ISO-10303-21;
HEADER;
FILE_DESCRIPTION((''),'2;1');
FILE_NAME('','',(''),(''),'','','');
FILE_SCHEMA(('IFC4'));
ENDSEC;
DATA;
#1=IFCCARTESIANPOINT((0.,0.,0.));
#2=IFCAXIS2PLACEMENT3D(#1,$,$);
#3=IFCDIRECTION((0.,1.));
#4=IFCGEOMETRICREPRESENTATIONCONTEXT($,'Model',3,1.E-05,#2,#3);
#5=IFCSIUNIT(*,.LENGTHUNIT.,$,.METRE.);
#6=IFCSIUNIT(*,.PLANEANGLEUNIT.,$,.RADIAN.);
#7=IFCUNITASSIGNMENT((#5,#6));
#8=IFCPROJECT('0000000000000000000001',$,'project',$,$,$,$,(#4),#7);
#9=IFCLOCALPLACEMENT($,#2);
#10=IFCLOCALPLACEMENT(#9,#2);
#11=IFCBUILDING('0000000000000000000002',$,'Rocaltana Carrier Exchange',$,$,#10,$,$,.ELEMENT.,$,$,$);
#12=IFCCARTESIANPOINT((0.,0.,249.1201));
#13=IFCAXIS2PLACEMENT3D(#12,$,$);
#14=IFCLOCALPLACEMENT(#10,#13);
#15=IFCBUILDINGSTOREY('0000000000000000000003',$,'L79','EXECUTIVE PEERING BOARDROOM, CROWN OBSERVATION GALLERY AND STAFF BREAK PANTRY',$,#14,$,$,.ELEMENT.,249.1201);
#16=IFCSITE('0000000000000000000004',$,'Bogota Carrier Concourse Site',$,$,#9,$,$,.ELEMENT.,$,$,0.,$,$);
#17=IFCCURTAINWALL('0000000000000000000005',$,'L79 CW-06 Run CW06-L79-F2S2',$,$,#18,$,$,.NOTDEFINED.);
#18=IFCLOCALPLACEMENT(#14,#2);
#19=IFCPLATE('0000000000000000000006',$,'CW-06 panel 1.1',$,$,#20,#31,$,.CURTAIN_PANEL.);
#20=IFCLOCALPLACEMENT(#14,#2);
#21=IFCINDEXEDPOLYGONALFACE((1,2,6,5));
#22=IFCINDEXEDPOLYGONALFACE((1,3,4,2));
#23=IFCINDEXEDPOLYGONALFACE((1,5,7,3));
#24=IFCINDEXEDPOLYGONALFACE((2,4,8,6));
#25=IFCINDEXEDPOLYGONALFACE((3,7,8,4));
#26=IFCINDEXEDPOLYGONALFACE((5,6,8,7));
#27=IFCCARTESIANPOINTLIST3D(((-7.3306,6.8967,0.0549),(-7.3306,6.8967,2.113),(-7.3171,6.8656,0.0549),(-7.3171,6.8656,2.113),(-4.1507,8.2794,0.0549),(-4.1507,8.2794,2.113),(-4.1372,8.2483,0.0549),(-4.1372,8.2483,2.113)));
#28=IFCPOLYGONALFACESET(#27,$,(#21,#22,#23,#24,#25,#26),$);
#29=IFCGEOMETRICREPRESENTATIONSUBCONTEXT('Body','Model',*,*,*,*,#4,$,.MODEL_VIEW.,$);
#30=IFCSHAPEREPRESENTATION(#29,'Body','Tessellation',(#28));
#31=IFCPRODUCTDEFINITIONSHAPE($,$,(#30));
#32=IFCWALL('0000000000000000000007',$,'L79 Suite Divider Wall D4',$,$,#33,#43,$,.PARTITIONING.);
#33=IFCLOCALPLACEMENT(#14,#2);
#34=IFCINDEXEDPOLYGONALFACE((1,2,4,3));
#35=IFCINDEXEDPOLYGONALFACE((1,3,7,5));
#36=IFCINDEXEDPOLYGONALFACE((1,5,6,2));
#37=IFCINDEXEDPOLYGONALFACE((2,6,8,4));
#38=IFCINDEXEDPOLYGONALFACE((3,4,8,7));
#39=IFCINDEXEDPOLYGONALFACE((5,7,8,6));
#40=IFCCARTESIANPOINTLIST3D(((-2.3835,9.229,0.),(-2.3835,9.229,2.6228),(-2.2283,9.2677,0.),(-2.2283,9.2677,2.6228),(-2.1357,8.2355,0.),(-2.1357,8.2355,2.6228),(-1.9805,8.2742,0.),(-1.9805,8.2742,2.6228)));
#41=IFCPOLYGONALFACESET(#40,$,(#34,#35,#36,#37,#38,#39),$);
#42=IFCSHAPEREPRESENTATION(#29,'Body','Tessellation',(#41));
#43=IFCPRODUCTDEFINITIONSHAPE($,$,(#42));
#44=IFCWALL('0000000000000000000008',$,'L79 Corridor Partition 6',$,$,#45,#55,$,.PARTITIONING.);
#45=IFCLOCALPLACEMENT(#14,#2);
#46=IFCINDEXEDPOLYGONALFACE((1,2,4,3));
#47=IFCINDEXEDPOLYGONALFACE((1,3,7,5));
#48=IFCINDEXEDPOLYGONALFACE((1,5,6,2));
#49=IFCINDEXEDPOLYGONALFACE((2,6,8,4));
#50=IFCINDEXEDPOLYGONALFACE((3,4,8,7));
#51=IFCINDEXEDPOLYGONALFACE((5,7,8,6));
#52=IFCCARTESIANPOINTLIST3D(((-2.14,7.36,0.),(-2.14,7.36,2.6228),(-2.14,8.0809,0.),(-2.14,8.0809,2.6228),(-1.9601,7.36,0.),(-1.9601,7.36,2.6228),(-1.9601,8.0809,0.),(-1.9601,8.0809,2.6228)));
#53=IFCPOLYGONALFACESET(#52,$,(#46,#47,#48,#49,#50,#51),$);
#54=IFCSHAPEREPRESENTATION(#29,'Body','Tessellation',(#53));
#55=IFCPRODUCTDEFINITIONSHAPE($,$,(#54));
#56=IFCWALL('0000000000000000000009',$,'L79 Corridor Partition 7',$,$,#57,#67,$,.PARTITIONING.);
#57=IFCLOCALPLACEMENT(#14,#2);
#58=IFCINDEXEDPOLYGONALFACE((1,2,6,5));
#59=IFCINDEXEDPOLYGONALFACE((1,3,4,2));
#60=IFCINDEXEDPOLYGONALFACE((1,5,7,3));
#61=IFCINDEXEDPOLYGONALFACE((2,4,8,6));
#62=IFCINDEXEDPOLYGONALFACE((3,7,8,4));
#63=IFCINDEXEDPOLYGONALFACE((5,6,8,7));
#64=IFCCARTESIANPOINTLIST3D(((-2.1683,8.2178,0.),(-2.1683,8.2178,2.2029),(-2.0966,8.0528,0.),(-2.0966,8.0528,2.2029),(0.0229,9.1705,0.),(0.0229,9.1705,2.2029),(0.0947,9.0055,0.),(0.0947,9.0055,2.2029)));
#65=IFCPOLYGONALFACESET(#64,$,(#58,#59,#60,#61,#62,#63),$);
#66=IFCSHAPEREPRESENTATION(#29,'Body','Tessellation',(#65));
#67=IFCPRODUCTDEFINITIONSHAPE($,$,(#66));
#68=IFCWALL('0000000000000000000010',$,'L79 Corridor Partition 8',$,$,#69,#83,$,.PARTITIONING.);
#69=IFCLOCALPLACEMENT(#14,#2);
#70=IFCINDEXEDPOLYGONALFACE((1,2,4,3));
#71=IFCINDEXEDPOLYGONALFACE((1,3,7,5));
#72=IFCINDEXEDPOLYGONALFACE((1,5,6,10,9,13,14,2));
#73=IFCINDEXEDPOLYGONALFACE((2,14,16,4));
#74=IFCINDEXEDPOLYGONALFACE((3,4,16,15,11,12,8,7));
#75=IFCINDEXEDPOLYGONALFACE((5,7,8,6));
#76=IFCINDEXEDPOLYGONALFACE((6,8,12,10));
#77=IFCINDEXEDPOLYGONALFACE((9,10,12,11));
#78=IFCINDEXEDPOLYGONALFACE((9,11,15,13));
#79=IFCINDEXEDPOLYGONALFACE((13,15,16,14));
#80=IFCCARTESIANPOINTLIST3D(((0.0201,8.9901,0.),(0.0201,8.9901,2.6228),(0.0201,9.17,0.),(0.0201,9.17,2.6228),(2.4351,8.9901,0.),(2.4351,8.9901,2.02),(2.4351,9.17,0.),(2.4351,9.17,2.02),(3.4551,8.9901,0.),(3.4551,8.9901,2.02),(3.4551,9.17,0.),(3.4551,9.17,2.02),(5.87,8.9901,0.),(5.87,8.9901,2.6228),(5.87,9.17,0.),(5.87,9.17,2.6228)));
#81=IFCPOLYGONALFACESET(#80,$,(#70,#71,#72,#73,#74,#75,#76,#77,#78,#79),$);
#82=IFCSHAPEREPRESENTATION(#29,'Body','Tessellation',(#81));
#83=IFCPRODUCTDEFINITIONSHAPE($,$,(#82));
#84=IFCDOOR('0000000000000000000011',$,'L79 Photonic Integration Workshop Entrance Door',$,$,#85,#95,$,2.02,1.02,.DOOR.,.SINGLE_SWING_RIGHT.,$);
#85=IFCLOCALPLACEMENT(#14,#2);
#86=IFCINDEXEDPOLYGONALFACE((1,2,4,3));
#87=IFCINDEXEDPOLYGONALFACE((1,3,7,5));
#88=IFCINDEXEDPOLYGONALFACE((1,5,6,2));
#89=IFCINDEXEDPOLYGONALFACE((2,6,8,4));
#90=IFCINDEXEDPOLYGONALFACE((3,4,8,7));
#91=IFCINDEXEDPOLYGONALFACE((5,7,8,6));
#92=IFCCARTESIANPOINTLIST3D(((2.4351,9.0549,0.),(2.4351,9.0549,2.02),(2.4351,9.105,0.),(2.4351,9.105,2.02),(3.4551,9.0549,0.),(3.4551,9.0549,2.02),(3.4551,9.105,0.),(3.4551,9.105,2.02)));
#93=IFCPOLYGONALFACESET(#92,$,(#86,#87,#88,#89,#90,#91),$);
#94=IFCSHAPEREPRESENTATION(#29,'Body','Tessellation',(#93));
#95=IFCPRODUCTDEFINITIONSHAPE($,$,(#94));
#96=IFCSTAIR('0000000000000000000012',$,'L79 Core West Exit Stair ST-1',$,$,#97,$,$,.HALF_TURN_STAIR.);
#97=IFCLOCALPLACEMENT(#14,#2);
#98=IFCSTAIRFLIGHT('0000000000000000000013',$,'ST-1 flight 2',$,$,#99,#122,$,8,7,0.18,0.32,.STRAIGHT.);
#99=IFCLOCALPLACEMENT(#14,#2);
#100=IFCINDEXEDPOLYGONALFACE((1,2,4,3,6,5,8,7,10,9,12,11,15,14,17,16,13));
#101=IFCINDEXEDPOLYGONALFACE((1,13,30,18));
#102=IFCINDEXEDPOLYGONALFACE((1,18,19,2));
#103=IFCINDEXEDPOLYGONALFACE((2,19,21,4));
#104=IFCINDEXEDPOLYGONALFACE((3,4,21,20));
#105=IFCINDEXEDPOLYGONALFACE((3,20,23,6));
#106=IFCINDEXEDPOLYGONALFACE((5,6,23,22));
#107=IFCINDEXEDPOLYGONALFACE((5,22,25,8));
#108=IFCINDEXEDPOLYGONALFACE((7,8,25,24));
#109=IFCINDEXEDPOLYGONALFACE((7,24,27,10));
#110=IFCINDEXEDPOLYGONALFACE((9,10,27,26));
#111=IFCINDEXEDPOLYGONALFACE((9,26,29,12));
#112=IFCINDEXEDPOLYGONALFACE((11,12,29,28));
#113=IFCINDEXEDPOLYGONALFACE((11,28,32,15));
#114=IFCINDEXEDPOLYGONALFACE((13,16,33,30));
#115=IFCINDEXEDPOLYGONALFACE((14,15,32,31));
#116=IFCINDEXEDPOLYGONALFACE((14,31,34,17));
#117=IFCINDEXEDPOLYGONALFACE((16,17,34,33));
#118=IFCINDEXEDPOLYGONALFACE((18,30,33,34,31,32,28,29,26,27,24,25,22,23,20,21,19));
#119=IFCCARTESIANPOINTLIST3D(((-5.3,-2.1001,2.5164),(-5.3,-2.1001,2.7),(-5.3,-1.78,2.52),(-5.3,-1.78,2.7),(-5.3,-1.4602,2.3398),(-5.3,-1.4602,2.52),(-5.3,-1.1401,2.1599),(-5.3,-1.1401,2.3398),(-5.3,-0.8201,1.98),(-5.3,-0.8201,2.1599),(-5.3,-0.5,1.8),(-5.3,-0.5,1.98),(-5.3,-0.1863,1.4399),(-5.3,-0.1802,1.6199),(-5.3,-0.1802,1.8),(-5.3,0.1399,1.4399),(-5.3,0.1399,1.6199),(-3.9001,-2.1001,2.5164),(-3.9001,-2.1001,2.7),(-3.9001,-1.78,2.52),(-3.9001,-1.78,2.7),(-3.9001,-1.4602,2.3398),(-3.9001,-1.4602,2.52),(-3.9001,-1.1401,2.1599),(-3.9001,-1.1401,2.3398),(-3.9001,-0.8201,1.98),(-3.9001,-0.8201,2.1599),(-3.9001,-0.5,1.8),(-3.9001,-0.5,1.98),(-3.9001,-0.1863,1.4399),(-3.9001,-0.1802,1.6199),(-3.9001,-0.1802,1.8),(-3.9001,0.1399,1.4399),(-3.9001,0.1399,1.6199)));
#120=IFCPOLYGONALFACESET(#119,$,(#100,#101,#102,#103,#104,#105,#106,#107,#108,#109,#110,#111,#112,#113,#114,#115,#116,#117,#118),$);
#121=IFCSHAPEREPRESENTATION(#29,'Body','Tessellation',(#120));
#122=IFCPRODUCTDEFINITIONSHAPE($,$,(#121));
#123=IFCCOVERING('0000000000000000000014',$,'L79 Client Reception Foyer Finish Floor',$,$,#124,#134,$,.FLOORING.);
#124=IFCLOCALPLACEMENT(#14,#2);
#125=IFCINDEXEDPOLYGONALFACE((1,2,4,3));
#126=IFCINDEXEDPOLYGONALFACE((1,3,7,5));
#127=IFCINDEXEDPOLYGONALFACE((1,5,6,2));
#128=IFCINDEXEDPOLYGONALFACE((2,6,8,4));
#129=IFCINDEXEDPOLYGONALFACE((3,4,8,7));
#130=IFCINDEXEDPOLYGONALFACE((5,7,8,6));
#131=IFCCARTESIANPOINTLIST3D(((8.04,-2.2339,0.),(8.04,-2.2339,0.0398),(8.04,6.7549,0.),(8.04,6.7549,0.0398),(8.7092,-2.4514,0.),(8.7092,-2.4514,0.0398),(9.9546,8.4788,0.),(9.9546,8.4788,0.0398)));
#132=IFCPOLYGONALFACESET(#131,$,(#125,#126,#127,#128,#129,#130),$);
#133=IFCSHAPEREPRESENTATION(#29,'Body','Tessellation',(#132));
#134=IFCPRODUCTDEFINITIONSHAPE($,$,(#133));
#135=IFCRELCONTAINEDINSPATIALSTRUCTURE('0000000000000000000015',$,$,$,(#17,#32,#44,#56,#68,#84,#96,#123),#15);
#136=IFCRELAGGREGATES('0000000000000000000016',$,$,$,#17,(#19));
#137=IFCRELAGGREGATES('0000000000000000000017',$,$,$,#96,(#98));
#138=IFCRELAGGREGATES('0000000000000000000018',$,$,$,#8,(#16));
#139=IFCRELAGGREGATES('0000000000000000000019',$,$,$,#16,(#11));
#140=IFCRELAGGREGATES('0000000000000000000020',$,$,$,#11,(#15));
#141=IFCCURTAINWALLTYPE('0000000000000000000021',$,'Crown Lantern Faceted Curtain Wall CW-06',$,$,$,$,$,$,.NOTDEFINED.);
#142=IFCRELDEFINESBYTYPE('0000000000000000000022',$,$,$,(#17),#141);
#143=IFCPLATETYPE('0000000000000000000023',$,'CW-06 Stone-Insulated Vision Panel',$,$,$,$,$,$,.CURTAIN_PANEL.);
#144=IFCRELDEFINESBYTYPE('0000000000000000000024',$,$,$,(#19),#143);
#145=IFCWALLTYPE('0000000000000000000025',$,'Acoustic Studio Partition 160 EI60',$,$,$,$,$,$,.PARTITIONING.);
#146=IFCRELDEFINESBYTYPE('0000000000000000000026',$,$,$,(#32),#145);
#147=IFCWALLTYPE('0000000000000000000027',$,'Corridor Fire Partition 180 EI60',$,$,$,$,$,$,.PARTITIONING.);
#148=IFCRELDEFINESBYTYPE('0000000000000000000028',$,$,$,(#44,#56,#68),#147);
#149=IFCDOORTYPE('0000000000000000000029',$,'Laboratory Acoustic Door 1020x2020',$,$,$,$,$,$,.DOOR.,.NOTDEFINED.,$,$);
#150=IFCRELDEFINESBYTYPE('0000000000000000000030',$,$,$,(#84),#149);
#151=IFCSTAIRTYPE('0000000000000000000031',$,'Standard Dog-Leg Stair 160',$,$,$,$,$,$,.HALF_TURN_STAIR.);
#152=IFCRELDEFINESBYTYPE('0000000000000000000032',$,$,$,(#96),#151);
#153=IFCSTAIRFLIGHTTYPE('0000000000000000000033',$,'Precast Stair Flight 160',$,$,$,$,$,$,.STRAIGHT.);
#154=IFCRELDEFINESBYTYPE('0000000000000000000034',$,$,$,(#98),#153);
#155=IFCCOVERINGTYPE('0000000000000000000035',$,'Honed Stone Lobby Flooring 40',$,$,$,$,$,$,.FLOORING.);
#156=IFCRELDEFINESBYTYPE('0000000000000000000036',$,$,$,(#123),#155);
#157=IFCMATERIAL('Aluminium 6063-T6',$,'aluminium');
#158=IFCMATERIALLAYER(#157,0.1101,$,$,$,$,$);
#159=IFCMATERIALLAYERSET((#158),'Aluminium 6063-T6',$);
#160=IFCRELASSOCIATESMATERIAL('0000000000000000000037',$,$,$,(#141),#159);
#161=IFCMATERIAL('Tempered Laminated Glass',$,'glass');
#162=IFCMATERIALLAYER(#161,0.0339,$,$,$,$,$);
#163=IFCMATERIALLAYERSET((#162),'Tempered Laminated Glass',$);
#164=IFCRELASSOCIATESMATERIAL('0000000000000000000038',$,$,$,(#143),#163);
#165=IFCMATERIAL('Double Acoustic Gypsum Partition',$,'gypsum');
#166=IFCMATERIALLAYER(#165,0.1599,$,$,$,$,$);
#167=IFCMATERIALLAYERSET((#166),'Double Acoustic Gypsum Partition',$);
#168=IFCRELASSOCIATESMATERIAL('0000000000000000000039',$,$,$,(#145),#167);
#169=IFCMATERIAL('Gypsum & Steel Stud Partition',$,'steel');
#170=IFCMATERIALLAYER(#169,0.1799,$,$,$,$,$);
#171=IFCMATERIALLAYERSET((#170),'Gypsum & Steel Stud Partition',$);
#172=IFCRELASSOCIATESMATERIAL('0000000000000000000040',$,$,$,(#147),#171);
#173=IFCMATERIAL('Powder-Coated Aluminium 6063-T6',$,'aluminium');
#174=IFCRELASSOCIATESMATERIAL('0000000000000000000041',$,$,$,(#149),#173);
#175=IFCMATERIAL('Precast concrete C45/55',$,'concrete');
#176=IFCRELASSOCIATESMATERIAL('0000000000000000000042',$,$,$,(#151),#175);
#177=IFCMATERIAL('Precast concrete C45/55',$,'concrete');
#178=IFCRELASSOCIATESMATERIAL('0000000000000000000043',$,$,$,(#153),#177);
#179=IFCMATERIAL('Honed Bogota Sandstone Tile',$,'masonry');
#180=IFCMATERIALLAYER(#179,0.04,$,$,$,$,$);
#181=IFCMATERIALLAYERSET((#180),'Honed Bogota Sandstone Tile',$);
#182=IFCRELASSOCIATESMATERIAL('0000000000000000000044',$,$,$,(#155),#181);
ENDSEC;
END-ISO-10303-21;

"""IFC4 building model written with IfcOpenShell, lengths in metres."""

from ifc_helpers import new_model, si_unit, direction, frame, frame_2d, origin, origin_2d, place, context, subcontext, project, spatial, polyline, rectangle, outline, extrude, material, layer, layer_set, type_object, element, fill, aggregate, save


model = new_model("IFC4")

# Units and contexts
model_context = context("Model", 3, precision=1e-05, world=origin(), true_north=direction((0.0, 1.0)))
body_context = subcontext(model_context, "Body", "Model", "MODEL_VIEW")
ifc_project = project(units=[si_unit("LENGTHUNIT", "METRE"), si_unit("PLANEANGLEUNIT", "RADIAN")], contexts=[model_context])

# Site, building, storey
site_placement = place(None, origin())
site = spatial("IfcSite", under=ifc_project, at=site_placement, Name="Bogota Carrier Concourse Site", CompositionType="ELEMENT", RefElevation=0.0)
building_placement = place(site_placement, origin())
building = spatial("IfcBuilding", under=site, at=building_placement, Name="Rocaltana Carrier Exchange", CompositionType="ELEMENT")
storey_placement = place(building_placement, frame((0.0, 0.0, 249.1201)))
storey = spatial("IfcBuildingStorey", under=building, at=storey_placement, Name="L79", Description="EXECUTIVE PEERING BOARDROOM, CROWN OBSERVATION GALLERY AND STAFF BREAK PANTRY", CompositionType="ELEMENT", Elevation=249.1201)

# Shared definitions
ifc_material_1 = material(Name="Aluminium 6063-T6", Category="aluminium")
ifc_layer_1 = layer(ifc_material_1, 0.1101)
ifc_layer_set_1 = layer_set([ifc_layer_1], Name="Aluminium 6063-T6")
curtain_wall_type = type_object("IfcCurtainWallType", Name="Crown Lantern Faceted Curtain Wall CW-06", PredefinedType="NOTDEFINED", material=ifc_layer_set_1)

# Curtain wall
curtain_wall_1_placement = place(storey_placement, origin())
curtain_wall_1 = element("IfcCurtainWall", 1, at=curtain_wall_1_placement, inside=storey, type_object=curtain_wall_type, Name="L79 CW-06 Run CW06-L79-F2S2", PredefinedType="NOTDEFINED")

# Plate
ifc_material_2 = material(Name="Tempered Laminated Glass", Category="glass")
ifc_layer_2 = layer(ifc_material_2, 0.0339)
ifc_layer_set_2 = layer_set([ifc_layer_2], Name="Tempered Laminated Glass")
plate_type = type_object("IfcPlateType", Name="CW-06 Stone-Insulated Vision Panel", PredefinedType="CURTAIN_PANEL", material=ifc_layer_set_2)
plate_1_placement = place(storey_placement, frame((-5.7339, 7.5725, 0.0549), z_axis=(0.0, 0.0, 1.0), x_axis=(-0.917058, -0.398754, 0.0)))
plate_1 = element("IfcPlate", 2, at=plate_1_placement, type_object=plate_type, Name="CW-06 panel 1.1", PredefinedType="CURTAIN_PANEL", context=body_context, shape_type="SweptSolid", body=[
    extrude(rectangle(XDim=3.4675, YDim=0.0339, at=origin_2d()), origin(), (0.0, 0.0, 1.0), 2.0581),
])
aggregate(curtain_wall_1, [plate_1])

# Walls
ifc_material_3 = material(Name="Double Acoustic Gypsum Partition", Category="gypsum")
ifc_layer_3 = layer(ifc_material_3, 0.1599)
ifc_layer_set_3 = layer_set([ifc_layer_3], Name="Double Acoustic Gypsum Partition")
wall_type_1 = type_object("IfcWallType", Name="Acoustic Studio Partition 160 EI60", PredefinedType="PARTITIONING", material=ifc_layer_set_3)
wall_1_placement = place(storey_placement, frame((-2.0581, 8.2549, 0.0), z_axis=(0.0, 0.0, 1.0), x_axis=(-0.242031, 0.970269, 0.0)))
element("IfcWall", 3, at=wall_1_placement, inside=storey, type_object=wall_type_1, Name="L79 Suite Divider Wall D4", PredefinedType="PARTITIONING", context=body_context, shape_type="SweptSolid", body=[
    extrude(rectangle(XDim=1.0239, YDim=0.1599, at=frame_2d((0.512, 0.0))), origin(), (0.0, 0.0, 1.0), 2.6228),
])
ifc_material_4 = material(Name="Gypsum & Steel Stud Partition", Category="steel")
ifc_layer_4 = layer(ifc_material_4, 0.1799)
ifc_layer_set_4 = layer_set([ifc_layer_4], Name="Gypsum & Steel Stud Partition")
wall_type_2 = type_object("IfcWallType", Name="Corridor Fire Partition 180 EI60", PredefinedType="PARTITIONING", material=ifc_layer_set_4)
wall_2_placement = place(storey_placement, frame((-2.05, 7.3601, 0.0), z_axis=(0.0, 0.0, 1.0), x_axis=(0.0, 1.0, 0.0)))
element("IfcWall", 4, at=wall_2_placement, inside=storey, type_object=wall_type_2, Name="L79 Corridor Partition 6", PredefinedType="PARTITIONING", context=body_context, shape_type="SweptSolid", body=[
    extrude(rectangle(XDim=0.7209, YDim=0.1799, at=frame_2d((0.3604, 0.0))), origin(), (0.0, 0.0, 1.0), 2.6228),
])
wall_3_placement = place(storey_placement, frame((-2.1326, 8.1353, 0.0), z_axis=(0.0, 0.0, 1.0), x_axis=(0.917077, 0.398711, 0.0)))
element("IfcWall", 5, at=wall_3_placement, inside=storey, type_object=wall_type_2, Name="L79 Corridor Partition 7", PredefinedType="PARTITIONING", context=body_context, shape_type="SweptSolid", body=[
    extrude(rectangle(XDim=2.3894, YDim=0.1799, at=frame_2d((1.1948, 0.0))), origin(), (0.0, 0.0, 1.0), 2.2029),
])

# Wall, opening, door
wall_4_placement = place(storey_placement, frame((0.0203, 9.0801, 0.0), z_axis=(0.0, 0.0, 1.0), x_axis=(1.0, 0.0, 0.0)))
wall_4 = element("IfcWall", 6, at=wall_4_placement, inside=storey, type_object=wall_type_2, Name="L79 Corridor Partition 8", PredefinedType="PARTITIONING", context=body_context, shape_type="SweptSolid", body=[
    extrude(rectangle(XDim=5.8499, YDim=0.1799, at=frame_2d((2.9248, 0.0))), origin(), (0.0, 0.0, 1.0), 2.6228),
])
opening_placement = place(wall_4_placement, frame((2.4148, 0.0, 0.0)))
opening = element("IfcOpeningElement", 7, at=opening_placement, cuts=wall_4, PredefinedType="OPENING", context=body_context, shape_type="SweptSolid", body=[
    extrude(rectangle(XDim=1.02, YDim=2.02, at=frame_2d((0.51, 1.01))), frame((0.0, 0.0999, 0.0), z_axis=(0.0, -1.0, 0.0), x_axis=(1.0, 0.0, 0.0)), (0.0, 0.0, 1.0), 0.2),
])
ifc_material_5 = material(Name="Powder-Coated Aluminium 6063-T6", Category="aluminium")
door_type = type_object("IfcDoorType", Name="Laboratory Acoustic Door 1020x2020", OperationType="NOTDEFINED", PredefinedType="DOOR", material=ifc_material_5)
door_placement = place(opening_placement, origin())
door = element("IfcDoor", 8, at=door_placement, inside=storey, type_object=door_type, Name="L79 Photonic Integration Workshop Entrance Door", OperationType="SINGLE_SWING_RIGHT", OverallHeight=2.02, OverallWidth=1.02, PredefinedType="DOOR", context=body_context, shape_type="SweptSolid", body=[
    extrude(rectangle(XDim=1.02, YDim=2.02, at=frame_2d((0.51, 1.01))), frame((0.0, 0.0249, 0.0), z_axis=(0.0, -1.0, 0.0), x_axis=(1.0, 0.0, 0.0)), (0.0, 0.0, 1.0), 0.05),
])
fill(opening, door)

# Stair, stair flight
ifc_material_6 = material(Name="Precast concrete C45/55", Category="concrete")
stair_type = type_object("IfcStairType", Name="Standard Dog-Leg Stair 160", PredefinedType="HALF_TURN_STAIR", material=ifc_material_6)
stair_placement = place(storey_placement, origin())
stair = element("IfcStair", 9, at=stair_placement, inside=storey, type_object=stair_type, Name="L79 Core West Exit Stair ST-1", PredefinedType="HALF_TURN_STAIR")
ifc_material_7 = material(Name="Precast concrete C45/55", Category="concrete")
stair_flight_type = type_object("IfcStairFlightType", Name="Precast Stair Flight 160", PredefinedType="STRAIGHT", material=ifc_material_7)
stair_flight_placement = place(storey_placement, frame((-4.6001, 0.1399, 1.4399), z_axis=(0.0, 0.0, 1.0), x_axis=(0.0, -1.0, 0.0)))
stair_flight = element("IfcStairFlight", 10, at=stair_flight_placement, type_object=stair_flight_type, Name="ST-1 flight 2", NumberOfRisers=8, NumberOfTreads=7, PredefinedType="STRAIGHT", RiserHeight=0.18, TreadLength=0.32, context=body_context, shape_type="SweptSolid", body=[
    extrude(outline(polyline([(0.0, 0.0), (0.0, 0.1799), (0.3201, 0.1799), (0.3201, 0.3601), (0.6399, 0.3601), (0.6399, 0.54), (0.96, 0.54), (0.96, 0.72), (1.28, 0.72), (1.28, 0.8999), (1.6001, 0.8999), (1.6001, 1.0801), (1.9199, 1.0801), (1.9199, 1.26), (2.24, 1.26), (2.24, 1.4399), (2.24, 1.0764), (0.3262, 0.0), (0.0, 0.0)])), frame((0.0, 0.7, 0.0), z_axis=(0.0, -1.0, 0.0), x_axis=(1.0, 0.0, 0.0)), (0.0, 0.0, 1.0), 1.3999),
])
aggregate(stair, [stair_flight])

# Covering
ifc_material_8 = material(Name="Honed Bogota Sandstone Tile", Category="masonry")
ifc_layer_5 = layer(ifc_material_8, 0.04)
ifc_layer_set_5 = layer_set([ifc_layer_5], Name="Honed Bogota Sandstone Tile")
covering_type_1 = type_object("IfcCoveringType", Name="Honed Stone Lobby Flooring 40", PredefinedType="FLOORING", material=ifc_layer_set_5)
covering_1_placement = place(storey_placement, origin())
element("IfcCovering", 11, at=covering_1_placement, inside=storey, type_object=covering_type_1, Name="L79 Client Reception Foyer Finish Floor", PredefinedType="FLOORING", context=body_context, shape_type="SweptSolid", body=[
    extrude(outline(polyline([(8.7092, -2.4514), (8.04, -2.2339), (8.04, 6.7549), (9.9546, 8.4788), (8.7092, -2.4514)])), origin(), (0.0, 0.0, 1.0), 0.0398),
])

save(model, "model.ifc")
